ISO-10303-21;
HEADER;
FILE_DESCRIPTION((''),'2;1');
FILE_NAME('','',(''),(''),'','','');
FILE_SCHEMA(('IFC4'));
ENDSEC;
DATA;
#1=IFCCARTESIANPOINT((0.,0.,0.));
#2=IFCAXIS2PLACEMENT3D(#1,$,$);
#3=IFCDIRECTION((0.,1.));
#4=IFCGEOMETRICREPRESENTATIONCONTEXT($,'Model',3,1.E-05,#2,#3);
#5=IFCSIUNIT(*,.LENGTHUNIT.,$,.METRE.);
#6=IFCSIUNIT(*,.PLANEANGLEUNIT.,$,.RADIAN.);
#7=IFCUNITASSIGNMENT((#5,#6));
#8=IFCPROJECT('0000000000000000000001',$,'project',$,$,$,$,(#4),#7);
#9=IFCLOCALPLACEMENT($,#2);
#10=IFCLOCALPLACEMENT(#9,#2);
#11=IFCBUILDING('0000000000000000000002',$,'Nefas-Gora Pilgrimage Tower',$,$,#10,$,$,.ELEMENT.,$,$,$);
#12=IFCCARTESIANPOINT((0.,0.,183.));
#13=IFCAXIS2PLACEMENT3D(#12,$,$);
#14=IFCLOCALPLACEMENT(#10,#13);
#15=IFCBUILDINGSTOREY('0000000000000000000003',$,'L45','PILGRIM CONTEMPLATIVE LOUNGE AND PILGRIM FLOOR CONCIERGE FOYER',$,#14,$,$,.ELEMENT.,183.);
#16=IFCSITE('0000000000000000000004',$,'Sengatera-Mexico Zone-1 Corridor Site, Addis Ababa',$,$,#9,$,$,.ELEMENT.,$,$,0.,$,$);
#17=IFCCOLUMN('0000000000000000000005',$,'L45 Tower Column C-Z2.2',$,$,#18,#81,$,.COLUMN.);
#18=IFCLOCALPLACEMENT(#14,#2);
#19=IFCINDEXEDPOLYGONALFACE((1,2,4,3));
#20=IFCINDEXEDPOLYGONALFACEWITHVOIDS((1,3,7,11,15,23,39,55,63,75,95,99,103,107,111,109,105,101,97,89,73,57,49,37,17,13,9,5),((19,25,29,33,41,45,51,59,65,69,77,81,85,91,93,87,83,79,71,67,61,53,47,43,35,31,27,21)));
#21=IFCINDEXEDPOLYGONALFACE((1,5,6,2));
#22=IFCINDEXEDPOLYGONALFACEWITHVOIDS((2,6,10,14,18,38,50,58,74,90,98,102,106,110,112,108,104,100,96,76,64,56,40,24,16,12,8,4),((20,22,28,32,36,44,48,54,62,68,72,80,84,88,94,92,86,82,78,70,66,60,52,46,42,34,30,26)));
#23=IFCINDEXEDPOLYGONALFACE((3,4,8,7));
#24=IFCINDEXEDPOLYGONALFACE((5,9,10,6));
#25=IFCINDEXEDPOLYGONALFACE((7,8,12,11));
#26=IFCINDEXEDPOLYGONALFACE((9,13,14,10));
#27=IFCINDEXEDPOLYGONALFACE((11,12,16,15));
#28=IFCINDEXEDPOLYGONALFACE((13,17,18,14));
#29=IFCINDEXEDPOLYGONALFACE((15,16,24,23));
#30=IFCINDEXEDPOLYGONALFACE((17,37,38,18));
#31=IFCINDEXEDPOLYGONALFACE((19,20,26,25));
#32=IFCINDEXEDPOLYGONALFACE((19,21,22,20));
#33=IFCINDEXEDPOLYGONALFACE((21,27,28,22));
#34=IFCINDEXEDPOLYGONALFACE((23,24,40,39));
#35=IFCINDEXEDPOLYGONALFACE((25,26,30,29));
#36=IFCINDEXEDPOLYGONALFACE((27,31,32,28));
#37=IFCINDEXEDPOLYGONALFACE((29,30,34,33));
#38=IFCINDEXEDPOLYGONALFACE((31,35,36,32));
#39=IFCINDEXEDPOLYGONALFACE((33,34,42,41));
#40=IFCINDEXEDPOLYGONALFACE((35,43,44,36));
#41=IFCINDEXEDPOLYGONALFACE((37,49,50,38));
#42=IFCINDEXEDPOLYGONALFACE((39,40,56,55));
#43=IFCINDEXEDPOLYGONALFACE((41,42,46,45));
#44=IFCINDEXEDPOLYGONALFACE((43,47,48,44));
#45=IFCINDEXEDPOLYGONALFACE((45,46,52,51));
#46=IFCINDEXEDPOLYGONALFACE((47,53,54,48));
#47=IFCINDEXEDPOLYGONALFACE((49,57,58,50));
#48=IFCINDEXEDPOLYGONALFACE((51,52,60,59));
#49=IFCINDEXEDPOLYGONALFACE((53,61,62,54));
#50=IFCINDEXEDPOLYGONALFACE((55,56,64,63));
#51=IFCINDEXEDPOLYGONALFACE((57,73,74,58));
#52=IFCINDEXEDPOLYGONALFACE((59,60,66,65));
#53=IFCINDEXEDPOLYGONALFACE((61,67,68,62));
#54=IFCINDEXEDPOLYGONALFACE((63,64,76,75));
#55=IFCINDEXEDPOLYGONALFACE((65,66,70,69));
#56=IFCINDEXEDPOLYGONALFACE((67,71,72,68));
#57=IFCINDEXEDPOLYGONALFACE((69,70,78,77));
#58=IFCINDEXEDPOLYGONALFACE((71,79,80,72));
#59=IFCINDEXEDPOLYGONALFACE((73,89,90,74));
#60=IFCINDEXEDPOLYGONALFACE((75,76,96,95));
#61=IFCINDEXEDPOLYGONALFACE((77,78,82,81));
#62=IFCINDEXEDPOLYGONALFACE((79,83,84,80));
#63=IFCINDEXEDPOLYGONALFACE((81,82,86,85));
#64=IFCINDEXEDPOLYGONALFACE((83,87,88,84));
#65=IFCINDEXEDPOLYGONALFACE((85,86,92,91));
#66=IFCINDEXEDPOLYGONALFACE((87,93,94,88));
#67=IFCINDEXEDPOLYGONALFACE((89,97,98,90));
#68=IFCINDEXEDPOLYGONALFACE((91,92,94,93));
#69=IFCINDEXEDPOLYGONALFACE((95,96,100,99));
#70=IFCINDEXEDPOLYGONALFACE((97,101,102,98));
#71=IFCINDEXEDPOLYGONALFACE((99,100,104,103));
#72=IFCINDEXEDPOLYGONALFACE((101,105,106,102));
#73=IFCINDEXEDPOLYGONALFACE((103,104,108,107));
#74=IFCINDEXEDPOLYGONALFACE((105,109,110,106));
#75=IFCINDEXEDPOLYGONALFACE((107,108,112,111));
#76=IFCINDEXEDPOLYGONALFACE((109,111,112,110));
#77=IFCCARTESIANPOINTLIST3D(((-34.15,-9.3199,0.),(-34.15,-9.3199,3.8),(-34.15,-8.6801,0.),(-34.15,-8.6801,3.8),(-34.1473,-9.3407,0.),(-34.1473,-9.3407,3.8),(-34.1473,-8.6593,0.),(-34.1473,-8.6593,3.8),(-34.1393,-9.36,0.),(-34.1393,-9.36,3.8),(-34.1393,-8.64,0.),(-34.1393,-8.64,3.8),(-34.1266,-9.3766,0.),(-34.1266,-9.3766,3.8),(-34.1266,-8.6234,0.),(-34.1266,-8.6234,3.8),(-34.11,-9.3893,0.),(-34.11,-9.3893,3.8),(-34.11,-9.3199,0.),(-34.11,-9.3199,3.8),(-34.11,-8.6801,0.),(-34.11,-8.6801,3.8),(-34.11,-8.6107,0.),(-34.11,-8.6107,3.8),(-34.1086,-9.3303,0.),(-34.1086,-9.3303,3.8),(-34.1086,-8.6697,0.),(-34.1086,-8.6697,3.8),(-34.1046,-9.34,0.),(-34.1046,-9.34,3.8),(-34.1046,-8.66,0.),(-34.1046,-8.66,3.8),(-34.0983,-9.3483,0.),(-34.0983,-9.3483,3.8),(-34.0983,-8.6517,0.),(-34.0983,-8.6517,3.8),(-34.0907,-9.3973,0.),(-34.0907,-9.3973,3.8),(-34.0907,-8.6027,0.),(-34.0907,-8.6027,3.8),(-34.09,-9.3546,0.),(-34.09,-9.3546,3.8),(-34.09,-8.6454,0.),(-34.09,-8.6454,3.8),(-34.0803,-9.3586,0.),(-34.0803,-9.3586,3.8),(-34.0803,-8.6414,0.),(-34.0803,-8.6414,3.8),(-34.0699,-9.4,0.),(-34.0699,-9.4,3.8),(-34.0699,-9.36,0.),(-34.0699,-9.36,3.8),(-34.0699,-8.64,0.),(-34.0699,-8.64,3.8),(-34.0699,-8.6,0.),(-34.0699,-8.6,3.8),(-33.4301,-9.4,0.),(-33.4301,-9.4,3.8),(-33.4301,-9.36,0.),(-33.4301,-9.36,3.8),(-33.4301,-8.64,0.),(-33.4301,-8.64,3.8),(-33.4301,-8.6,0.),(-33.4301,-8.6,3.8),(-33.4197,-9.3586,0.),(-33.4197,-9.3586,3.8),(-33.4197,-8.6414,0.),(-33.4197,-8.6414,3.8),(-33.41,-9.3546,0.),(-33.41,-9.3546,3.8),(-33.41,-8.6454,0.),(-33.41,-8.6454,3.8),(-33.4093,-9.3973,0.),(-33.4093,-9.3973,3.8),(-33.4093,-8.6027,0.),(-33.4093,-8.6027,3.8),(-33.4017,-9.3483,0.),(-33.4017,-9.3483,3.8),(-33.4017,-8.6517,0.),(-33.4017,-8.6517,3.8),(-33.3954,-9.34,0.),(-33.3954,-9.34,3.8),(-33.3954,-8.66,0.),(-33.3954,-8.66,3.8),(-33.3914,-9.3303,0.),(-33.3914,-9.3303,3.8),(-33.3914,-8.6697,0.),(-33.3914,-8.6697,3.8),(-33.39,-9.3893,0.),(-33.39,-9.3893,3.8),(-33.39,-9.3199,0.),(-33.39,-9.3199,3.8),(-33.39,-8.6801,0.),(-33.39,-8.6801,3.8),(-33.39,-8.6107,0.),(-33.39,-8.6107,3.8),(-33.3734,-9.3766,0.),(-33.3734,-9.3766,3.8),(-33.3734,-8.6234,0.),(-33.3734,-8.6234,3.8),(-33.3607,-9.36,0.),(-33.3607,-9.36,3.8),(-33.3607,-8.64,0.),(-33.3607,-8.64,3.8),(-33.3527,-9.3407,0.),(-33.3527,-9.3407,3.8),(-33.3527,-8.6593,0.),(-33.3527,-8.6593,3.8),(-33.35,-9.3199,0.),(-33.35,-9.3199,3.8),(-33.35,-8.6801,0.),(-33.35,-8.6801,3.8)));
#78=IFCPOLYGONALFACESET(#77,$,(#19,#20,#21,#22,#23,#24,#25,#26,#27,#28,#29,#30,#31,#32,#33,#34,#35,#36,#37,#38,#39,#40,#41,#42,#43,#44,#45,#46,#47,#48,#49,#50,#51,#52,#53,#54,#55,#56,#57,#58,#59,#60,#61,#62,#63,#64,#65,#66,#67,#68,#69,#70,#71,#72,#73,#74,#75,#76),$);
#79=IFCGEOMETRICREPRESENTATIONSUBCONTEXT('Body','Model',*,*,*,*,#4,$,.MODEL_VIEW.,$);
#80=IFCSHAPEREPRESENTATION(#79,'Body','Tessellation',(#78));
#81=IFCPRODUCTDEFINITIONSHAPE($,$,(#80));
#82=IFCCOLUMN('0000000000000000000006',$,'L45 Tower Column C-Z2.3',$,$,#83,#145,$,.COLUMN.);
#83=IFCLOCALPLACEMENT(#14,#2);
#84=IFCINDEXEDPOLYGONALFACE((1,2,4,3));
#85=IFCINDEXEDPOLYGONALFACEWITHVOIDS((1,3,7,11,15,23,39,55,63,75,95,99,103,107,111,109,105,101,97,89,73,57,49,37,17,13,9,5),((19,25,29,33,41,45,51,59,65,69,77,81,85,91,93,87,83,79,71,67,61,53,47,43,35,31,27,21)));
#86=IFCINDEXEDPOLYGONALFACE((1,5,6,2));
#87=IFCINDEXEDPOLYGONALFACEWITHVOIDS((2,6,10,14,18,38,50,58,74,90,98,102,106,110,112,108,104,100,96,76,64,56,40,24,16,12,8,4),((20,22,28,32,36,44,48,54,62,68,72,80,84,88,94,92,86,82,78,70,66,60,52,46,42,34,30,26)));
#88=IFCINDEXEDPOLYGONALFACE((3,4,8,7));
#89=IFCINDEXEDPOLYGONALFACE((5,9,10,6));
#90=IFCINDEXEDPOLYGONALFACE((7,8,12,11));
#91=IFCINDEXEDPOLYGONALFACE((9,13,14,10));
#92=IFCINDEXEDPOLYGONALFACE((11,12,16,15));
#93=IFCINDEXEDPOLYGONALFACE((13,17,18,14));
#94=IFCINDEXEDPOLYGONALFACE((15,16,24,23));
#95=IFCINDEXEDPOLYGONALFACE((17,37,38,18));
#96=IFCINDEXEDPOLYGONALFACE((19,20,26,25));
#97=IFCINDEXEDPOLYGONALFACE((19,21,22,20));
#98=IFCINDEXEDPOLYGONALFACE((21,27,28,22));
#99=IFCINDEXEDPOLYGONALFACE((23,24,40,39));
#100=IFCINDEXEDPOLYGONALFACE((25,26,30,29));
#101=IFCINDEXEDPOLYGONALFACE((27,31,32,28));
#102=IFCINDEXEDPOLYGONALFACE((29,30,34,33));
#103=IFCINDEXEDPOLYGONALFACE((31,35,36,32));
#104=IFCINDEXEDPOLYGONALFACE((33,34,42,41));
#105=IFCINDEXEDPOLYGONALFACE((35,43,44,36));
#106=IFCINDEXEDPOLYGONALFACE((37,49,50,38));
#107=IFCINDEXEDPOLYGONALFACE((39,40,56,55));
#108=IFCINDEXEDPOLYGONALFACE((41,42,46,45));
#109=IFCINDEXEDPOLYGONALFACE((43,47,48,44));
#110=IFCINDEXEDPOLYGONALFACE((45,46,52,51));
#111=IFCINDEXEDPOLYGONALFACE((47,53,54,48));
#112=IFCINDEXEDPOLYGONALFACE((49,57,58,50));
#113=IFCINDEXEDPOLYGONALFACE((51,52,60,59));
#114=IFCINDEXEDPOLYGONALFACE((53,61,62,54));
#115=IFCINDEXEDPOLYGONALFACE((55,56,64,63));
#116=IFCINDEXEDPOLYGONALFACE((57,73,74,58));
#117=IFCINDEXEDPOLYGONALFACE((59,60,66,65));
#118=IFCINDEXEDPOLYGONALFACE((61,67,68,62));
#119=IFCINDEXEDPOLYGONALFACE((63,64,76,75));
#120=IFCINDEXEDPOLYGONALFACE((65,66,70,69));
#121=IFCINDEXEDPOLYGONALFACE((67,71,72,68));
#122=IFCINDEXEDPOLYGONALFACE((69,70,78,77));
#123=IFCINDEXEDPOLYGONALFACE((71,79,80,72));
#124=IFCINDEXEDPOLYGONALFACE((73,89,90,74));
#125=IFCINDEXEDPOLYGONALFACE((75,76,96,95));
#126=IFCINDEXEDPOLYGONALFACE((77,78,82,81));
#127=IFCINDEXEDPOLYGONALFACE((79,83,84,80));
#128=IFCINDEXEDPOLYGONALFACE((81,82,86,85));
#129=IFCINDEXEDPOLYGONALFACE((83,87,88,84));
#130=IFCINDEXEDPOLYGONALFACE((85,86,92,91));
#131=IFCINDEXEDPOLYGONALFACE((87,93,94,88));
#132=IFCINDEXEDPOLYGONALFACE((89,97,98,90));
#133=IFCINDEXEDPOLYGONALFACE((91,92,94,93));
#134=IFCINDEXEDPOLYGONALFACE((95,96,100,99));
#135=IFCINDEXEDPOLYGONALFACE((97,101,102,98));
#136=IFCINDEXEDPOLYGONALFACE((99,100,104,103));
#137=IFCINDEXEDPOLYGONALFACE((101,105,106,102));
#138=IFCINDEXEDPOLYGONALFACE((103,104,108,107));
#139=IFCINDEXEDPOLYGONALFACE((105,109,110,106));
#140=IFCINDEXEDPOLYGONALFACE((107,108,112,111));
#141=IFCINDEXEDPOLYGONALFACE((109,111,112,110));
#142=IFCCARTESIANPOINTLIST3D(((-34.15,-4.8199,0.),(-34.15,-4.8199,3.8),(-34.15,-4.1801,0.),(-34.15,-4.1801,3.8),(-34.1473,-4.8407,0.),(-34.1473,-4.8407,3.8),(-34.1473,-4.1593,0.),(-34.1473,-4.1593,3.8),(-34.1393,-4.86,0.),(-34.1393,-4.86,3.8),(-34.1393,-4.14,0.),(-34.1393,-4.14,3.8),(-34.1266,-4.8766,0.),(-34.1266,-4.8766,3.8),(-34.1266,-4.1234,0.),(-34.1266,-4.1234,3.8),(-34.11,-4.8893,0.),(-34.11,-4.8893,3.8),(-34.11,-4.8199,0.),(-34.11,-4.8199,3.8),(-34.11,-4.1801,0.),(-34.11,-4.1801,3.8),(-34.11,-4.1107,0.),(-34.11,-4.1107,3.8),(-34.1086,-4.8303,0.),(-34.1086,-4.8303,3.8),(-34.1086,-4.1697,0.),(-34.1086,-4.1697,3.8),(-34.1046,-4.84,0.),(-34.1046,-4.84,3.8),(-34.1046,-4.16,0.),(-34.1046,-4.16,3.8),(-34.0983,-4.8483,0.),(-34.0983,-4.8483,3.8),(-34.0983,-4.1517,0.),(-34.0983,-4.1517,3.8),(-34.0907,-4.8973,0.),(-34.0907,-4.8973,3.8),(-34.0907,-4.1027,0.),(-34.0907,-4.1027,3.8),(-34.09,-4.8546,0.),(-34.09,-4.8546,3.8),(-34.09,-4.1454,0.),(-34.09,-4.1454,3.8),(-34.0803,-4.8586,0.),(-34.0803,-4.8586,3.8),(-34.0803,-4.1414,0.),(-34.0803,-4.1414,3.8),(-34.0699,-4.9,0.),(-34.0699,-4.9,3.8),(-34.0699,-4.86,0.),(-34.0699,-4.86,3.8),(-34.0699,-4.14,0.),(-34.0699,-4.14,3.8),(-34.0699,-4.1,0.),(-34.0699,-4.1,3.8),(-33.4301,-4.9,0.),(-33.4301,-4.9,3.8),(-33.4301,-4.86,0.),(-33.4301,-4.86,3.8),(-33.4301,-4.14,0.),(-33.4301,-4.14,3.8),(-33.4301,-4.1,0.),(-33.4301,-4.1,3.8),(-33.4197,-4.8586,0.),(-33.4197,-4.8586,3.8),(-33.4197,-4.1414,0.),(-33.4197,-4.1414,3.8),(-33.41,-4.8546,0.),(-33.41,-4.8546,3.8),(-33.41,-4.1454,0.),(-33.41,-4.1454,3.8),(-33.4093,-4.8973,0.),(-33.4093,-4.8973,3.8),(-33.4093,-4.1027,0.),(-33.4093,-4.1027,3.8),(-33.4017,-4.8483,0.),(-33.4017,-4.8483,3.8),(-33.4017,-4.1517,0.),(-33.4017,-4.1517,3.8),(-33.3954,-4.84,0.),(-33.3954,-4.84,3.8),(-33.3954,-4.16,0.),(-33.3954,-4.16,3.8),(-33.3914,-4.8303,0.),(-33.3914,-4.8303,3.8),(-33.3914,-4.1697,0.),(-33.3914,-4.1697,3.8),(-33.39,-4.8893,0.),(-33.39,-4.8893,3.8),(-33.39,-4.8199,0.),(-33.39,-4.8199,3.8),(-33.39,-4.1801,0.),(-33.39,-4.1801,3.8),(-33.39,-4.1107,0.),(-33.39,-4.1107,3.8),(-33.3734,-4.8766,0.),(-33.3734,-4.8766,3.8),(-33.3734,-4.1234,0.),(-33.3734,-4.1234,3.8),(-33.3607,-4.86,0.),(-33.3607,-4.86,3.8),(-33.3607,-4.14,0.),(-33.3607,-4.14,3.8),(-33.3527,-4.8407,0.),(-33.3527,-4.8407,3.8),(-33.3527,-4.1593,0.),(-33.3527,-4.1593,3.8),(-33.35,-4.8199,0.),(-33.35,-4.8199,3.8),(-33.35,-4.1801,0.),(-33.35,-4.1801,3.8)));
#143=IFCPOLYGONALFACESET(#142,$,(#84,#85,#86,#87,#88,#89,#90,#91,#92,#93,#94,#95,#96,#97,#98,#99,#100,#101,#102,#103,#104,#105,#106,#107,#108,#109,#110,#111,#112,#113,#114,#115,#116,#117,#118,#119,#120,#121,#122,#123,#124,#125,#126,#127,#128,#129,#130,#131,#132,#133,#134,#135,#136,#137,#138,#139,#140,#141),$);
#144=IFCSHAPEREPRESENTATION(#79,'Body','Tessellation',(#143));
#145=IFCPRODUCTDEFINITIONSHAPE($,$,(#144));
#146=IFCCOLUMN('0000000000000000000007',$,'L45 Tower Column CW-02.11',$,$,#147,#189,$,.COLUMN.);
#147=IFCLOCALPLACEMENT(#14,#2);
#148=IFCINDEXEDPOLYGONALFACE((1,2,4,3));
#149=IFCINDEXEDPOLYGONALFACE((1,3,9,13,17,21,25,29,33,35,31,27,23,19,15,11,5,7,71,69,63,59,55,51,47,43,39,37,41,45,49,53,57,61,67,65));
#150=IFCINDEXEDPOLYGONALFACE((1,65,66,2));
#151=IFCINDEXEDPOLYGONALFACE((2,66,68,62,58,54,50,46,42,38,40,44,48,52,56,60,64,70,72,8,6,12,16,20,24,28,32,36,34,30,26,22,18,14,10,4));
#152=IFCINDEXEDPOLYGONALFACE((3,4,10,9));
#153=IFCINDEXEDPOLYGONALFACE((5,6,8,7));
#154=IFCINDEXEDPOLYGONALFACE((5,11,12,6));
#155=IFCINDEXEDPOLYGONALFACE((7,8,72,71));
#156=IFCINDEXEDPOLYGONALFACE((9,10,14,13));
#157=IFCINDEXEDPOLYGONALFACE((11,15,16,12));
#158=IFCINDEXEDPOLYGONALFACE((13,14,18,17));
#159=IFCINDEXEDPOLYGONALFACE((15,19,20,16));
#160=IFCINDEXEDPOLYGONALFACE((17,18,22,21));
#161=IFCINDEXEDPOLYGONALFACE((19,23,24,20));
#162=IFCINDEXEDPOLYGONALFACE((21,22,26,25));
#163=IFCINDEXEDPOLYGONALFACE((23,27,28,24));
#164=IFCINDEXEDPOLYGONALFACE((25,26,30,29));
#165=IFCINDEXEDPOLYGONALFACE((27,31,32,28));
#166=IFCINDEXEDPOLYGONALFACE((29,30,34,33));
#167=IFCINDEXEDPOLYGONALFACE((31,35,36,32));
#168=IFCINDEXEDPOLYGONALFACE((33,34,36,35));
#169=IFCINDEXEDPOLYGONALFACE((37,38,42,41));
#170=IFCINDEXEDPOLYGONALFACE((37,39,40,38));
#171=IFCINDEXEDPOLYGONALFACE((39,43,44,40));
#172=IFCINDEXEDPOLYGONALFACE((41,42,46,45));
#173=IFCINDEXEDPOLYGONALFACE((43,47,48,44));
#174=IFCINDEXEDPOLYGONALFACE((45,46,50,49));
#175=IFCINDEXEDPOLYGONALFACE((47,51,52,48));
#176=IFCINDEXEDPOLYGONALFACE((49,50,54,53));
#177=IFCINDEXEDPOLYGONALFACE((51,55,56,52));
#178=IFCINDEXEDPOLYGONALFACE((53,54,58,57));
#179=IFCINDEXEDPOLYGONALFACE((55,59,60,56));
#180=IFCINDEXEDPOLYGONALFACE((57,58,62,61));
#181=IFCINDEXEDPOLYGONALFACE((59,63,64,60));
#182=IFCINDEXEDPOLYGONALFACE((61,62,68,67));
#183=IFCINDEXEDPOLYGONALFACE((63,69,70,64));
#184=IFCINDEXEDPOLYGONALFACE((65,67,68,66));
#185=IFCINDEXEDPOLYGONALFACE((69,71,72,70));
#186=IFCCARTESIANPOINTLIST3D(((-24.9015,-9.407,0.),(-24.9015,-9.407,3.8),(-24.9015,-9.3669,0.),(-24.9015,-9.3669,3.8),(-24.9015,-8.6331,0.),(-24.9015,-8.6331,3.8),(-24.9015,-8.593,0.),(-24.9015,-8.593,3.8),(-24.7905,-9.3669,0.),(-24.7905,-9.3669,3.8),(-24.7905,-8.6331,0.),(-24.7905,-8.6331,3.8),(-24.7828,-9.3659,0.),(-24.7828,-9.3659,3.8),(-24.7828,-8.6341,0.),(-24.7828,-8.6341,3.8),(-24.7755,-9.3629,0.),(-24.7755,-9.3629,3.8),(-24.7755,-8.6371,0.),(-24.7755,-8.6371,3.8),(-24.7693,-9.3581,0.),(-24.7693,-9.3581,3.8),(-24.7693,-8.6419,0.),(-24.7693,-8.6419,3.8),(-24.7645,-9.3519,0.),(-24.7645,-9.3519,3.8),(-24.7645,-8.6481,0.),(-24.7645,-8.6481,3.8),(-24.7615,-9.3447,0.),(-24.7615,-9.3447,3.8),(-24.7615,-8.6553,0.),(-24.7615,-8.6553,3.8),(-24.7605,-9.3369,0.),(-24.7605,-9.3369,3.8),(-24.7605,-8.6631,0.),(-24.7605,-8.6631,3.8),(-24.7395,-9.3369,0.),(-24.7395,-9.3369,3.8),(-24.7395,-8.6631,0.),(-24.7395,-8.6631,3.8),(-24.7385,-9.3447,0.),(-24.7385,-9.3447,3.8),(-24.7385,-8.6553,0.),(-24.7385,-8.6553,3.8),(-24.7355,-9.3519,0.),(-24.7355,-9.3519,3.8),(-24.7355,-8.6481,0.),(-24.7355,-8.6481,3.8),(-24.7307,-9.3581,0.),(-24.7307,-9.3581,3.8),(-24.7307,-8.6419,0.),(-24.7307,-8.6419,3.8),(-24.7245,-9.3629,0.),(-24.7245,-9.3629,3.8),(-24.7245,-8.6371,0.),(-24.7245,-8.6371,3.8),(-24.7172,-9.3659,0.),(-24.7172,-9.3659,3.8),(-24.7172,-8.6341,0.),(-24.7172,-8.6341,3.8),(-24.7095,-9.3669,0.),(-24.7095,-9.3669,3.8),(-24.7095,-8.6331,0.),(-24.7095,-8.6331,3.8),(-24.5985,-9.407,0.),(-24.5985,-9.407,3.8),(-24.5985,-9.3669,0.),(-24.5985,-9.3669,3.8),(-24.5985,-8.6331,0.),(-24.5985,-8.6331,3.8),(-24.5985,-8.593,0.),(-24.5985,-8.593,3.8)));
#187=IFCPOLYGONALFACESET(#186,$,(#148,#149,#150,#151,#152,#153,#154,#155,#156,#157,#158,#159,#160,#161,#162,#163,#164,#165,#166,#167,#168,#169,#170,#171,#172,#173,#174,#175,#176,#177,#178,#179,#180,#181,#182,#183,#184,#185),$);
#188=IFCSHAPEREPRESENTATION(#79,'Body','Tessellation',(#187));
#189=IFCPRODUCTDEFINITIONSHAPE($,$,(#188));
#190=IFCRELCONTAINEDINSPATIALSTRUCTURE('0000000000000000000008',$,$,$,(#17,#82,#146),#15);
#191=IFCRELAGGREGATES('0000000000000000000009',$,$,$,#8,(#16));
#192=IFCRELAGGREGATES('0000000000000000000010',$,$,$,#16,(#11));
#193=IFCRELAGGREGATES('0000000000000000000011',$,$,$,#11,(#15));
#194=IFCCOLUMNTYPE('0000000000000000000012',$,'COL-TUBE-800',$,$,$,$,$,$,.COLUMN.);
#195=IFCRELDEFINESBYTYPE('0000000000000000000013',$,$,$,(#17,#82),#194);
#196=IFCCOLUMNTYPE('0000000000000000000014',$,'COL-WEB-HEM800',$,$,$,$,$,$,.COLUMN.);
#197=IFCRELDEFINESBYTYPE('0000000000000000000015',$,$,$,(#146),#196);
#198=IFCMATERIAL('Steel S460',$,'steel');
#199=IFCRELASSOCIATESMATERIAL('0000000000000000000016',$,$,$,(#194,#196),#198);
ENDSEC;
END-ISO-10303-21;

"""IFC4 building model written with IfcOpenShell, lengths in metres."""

from ifc_helpers import new_model, si_unit, direction, frame, origin, origin_2d, place, context, subcontext, project, spatial, hollow_rectangle, i_section, extrude, source, transform, mapped, material, material_profile, profile_set, type_object, element, save


model = new_model("IFC4")

# Units and contexts
model_context = context("Model", 3, precision=1e-05, world=origin(), true_north=direction((0.0, 1.0)))
body_context = subcontext(model_context, "Body", "Model", "MODEL_VIEW")
ifc_project = project(units=[si_unit("LENGTHUNIT", "METRE"), si_unit("PLANEANGLEUNIT", "RADIAN")], contexts=[model_context])

# Site, building, storey
site_placement = place(None, origin())
site = spatial("IfcSite", under=ifc_project, at=site_placement, Name="Sengatera-Mexico Zone-1 Corridor Site, Addis Ababa", CompositionType="ELEMENT", RefElevation=0.0)
building_placement = place(site_placement, origin())
building = spatial("IfcBuilding", under=site, at=building_placement, Name="Nefas-Gora Pilgrimage Tower", CompositionType="ELEMENT")
storey_placement = place(building_placement, frame((0.0, 0.0, 183.0)))
storey = spatial("IfcBuildingStorey", under=building, at=storey_placement, Name="L45", Description="PILGRIM CONTEMPLATIVE LOUNGE AND PILGRIM FLOOR CONCIERGE FOYER", CompositionType="ELEMENT", Elevation=183.0)

# Columns
ifc_material_1 = material(Name="Steel S460", Category="steel")
ifc_material_profile_1 = material_profile(ifc_material_1, hollow_rectangle(XDim=0.8, YDim=0.8, WallThickness=0.04, InnerFilletRadius=0.04, OuterFilletRadius=0.0801, at=origin_2d()), Name="BOX 800x800x40")
ifc_profile_set_1 = profile_set([ifc_material_profile_1], Name="Steel S460")
column_type_1 = type_object("IfcColumnType", Name="COL-TUBE-800", PredefinedType="COLUMN", material=ifc_profile_set_1)
shared_shape_1 = source(origin(), body_context, "Body", "SweptSolid", [
    extrude(hollow_rectangle(XDim=0.8, YDim=0.8, WallThickness=0.04, InnerFilletRadius=0.04, OuterFilletRadius=0.0801, at=origin_2d()), origin(), (0.0, 0.0, 1.0), 3.8),
])
for number, where, z_axis, x_axis, name in (
    (1, (-33.75, -9.0, 0.0), (0.0, 0.0, 1.0), (1.0, 0.0, 0.0), "L45 Tower Column C-Z2.2"),
    (2, (-33.75, -4.5, 0.0), (0.0, 0.0, 1.0), (1.0, 0.0, 0.0), "L45 Tower Column C-Z2.3"),
):
    element("IfcColumn", number, at=place(storey_placement, frame(where, z_axis=z_axis, x_axis=x_axis)), inside=storey, type_object=column_type_1, Name=name, PredefinedType="COLUMN", context=body_context, shape_type="MappedRepresentation", body=[
        mapped(shared_shape_1, transform((0.0, 0.0, 0.0), x_axis=(1.0, 0.0, 0.0), y_axis=(0.0, 1.0, 0.0), z_axis=(0.0, 0.0, 1.0), scale=1.0)),
    ])
ifc_material_profile_2 = material_profile(ifc_material_1, i_section(OverallWidth=0.303, OverallDepth=0.814, WebThickness=0.021, FlangeThickness=0.04, FilletRadius=0.03, at=origin_2d()), Name="HEM 800")
ifc_profile_set_2 = profile_set([ifc_material_profile_2], Name="Steel S460")
column_type_2 = type_object("IfcColumnType", Name="COL-WEB-HEM800", PredefinedType="COLUMN", material=ifc_profile_set_2)
shared_shape_2 = source(origin(), body_context, "Body", "SweptSolid", [
    extrude(i_section(OverallWidth=0.303, OverallDepth=0.814, WebThickness=0.021, FlangeThickness=0.04, FilletRadius=0.03, at=origin_2d()), origin(), (0.0, 0.0, 1.0), 3.8),
])
for number, where, z_axis, x_axis, name in (
    (3, (-24.75, -9.0, 0.0), (0.0, 0.0, 1.0), (1.0, 0.0, 0.0), "L45 Tower Column CW-02.11"),
):
    element("IfcColumn", number, at=place(storey_placement, frame(where, z_axis=z_axis, x_axis=x_axis)), inside=storey, type_object=column_type_2, Name=name, PredefinedType="COLUMN", context=body_context, shape_type="MappedRepresentation", body=[
        mapped(shared_shape_2, transform((0.0, 0.0, 0.0), x_axis=(1.0, 0.0, 0.0), y_axis=(0.0, 1.0, 0.0), z_axis=(0.0, 0.0, 1.0), scale=1.0)),
    ])

save(model, "model.ifc")
